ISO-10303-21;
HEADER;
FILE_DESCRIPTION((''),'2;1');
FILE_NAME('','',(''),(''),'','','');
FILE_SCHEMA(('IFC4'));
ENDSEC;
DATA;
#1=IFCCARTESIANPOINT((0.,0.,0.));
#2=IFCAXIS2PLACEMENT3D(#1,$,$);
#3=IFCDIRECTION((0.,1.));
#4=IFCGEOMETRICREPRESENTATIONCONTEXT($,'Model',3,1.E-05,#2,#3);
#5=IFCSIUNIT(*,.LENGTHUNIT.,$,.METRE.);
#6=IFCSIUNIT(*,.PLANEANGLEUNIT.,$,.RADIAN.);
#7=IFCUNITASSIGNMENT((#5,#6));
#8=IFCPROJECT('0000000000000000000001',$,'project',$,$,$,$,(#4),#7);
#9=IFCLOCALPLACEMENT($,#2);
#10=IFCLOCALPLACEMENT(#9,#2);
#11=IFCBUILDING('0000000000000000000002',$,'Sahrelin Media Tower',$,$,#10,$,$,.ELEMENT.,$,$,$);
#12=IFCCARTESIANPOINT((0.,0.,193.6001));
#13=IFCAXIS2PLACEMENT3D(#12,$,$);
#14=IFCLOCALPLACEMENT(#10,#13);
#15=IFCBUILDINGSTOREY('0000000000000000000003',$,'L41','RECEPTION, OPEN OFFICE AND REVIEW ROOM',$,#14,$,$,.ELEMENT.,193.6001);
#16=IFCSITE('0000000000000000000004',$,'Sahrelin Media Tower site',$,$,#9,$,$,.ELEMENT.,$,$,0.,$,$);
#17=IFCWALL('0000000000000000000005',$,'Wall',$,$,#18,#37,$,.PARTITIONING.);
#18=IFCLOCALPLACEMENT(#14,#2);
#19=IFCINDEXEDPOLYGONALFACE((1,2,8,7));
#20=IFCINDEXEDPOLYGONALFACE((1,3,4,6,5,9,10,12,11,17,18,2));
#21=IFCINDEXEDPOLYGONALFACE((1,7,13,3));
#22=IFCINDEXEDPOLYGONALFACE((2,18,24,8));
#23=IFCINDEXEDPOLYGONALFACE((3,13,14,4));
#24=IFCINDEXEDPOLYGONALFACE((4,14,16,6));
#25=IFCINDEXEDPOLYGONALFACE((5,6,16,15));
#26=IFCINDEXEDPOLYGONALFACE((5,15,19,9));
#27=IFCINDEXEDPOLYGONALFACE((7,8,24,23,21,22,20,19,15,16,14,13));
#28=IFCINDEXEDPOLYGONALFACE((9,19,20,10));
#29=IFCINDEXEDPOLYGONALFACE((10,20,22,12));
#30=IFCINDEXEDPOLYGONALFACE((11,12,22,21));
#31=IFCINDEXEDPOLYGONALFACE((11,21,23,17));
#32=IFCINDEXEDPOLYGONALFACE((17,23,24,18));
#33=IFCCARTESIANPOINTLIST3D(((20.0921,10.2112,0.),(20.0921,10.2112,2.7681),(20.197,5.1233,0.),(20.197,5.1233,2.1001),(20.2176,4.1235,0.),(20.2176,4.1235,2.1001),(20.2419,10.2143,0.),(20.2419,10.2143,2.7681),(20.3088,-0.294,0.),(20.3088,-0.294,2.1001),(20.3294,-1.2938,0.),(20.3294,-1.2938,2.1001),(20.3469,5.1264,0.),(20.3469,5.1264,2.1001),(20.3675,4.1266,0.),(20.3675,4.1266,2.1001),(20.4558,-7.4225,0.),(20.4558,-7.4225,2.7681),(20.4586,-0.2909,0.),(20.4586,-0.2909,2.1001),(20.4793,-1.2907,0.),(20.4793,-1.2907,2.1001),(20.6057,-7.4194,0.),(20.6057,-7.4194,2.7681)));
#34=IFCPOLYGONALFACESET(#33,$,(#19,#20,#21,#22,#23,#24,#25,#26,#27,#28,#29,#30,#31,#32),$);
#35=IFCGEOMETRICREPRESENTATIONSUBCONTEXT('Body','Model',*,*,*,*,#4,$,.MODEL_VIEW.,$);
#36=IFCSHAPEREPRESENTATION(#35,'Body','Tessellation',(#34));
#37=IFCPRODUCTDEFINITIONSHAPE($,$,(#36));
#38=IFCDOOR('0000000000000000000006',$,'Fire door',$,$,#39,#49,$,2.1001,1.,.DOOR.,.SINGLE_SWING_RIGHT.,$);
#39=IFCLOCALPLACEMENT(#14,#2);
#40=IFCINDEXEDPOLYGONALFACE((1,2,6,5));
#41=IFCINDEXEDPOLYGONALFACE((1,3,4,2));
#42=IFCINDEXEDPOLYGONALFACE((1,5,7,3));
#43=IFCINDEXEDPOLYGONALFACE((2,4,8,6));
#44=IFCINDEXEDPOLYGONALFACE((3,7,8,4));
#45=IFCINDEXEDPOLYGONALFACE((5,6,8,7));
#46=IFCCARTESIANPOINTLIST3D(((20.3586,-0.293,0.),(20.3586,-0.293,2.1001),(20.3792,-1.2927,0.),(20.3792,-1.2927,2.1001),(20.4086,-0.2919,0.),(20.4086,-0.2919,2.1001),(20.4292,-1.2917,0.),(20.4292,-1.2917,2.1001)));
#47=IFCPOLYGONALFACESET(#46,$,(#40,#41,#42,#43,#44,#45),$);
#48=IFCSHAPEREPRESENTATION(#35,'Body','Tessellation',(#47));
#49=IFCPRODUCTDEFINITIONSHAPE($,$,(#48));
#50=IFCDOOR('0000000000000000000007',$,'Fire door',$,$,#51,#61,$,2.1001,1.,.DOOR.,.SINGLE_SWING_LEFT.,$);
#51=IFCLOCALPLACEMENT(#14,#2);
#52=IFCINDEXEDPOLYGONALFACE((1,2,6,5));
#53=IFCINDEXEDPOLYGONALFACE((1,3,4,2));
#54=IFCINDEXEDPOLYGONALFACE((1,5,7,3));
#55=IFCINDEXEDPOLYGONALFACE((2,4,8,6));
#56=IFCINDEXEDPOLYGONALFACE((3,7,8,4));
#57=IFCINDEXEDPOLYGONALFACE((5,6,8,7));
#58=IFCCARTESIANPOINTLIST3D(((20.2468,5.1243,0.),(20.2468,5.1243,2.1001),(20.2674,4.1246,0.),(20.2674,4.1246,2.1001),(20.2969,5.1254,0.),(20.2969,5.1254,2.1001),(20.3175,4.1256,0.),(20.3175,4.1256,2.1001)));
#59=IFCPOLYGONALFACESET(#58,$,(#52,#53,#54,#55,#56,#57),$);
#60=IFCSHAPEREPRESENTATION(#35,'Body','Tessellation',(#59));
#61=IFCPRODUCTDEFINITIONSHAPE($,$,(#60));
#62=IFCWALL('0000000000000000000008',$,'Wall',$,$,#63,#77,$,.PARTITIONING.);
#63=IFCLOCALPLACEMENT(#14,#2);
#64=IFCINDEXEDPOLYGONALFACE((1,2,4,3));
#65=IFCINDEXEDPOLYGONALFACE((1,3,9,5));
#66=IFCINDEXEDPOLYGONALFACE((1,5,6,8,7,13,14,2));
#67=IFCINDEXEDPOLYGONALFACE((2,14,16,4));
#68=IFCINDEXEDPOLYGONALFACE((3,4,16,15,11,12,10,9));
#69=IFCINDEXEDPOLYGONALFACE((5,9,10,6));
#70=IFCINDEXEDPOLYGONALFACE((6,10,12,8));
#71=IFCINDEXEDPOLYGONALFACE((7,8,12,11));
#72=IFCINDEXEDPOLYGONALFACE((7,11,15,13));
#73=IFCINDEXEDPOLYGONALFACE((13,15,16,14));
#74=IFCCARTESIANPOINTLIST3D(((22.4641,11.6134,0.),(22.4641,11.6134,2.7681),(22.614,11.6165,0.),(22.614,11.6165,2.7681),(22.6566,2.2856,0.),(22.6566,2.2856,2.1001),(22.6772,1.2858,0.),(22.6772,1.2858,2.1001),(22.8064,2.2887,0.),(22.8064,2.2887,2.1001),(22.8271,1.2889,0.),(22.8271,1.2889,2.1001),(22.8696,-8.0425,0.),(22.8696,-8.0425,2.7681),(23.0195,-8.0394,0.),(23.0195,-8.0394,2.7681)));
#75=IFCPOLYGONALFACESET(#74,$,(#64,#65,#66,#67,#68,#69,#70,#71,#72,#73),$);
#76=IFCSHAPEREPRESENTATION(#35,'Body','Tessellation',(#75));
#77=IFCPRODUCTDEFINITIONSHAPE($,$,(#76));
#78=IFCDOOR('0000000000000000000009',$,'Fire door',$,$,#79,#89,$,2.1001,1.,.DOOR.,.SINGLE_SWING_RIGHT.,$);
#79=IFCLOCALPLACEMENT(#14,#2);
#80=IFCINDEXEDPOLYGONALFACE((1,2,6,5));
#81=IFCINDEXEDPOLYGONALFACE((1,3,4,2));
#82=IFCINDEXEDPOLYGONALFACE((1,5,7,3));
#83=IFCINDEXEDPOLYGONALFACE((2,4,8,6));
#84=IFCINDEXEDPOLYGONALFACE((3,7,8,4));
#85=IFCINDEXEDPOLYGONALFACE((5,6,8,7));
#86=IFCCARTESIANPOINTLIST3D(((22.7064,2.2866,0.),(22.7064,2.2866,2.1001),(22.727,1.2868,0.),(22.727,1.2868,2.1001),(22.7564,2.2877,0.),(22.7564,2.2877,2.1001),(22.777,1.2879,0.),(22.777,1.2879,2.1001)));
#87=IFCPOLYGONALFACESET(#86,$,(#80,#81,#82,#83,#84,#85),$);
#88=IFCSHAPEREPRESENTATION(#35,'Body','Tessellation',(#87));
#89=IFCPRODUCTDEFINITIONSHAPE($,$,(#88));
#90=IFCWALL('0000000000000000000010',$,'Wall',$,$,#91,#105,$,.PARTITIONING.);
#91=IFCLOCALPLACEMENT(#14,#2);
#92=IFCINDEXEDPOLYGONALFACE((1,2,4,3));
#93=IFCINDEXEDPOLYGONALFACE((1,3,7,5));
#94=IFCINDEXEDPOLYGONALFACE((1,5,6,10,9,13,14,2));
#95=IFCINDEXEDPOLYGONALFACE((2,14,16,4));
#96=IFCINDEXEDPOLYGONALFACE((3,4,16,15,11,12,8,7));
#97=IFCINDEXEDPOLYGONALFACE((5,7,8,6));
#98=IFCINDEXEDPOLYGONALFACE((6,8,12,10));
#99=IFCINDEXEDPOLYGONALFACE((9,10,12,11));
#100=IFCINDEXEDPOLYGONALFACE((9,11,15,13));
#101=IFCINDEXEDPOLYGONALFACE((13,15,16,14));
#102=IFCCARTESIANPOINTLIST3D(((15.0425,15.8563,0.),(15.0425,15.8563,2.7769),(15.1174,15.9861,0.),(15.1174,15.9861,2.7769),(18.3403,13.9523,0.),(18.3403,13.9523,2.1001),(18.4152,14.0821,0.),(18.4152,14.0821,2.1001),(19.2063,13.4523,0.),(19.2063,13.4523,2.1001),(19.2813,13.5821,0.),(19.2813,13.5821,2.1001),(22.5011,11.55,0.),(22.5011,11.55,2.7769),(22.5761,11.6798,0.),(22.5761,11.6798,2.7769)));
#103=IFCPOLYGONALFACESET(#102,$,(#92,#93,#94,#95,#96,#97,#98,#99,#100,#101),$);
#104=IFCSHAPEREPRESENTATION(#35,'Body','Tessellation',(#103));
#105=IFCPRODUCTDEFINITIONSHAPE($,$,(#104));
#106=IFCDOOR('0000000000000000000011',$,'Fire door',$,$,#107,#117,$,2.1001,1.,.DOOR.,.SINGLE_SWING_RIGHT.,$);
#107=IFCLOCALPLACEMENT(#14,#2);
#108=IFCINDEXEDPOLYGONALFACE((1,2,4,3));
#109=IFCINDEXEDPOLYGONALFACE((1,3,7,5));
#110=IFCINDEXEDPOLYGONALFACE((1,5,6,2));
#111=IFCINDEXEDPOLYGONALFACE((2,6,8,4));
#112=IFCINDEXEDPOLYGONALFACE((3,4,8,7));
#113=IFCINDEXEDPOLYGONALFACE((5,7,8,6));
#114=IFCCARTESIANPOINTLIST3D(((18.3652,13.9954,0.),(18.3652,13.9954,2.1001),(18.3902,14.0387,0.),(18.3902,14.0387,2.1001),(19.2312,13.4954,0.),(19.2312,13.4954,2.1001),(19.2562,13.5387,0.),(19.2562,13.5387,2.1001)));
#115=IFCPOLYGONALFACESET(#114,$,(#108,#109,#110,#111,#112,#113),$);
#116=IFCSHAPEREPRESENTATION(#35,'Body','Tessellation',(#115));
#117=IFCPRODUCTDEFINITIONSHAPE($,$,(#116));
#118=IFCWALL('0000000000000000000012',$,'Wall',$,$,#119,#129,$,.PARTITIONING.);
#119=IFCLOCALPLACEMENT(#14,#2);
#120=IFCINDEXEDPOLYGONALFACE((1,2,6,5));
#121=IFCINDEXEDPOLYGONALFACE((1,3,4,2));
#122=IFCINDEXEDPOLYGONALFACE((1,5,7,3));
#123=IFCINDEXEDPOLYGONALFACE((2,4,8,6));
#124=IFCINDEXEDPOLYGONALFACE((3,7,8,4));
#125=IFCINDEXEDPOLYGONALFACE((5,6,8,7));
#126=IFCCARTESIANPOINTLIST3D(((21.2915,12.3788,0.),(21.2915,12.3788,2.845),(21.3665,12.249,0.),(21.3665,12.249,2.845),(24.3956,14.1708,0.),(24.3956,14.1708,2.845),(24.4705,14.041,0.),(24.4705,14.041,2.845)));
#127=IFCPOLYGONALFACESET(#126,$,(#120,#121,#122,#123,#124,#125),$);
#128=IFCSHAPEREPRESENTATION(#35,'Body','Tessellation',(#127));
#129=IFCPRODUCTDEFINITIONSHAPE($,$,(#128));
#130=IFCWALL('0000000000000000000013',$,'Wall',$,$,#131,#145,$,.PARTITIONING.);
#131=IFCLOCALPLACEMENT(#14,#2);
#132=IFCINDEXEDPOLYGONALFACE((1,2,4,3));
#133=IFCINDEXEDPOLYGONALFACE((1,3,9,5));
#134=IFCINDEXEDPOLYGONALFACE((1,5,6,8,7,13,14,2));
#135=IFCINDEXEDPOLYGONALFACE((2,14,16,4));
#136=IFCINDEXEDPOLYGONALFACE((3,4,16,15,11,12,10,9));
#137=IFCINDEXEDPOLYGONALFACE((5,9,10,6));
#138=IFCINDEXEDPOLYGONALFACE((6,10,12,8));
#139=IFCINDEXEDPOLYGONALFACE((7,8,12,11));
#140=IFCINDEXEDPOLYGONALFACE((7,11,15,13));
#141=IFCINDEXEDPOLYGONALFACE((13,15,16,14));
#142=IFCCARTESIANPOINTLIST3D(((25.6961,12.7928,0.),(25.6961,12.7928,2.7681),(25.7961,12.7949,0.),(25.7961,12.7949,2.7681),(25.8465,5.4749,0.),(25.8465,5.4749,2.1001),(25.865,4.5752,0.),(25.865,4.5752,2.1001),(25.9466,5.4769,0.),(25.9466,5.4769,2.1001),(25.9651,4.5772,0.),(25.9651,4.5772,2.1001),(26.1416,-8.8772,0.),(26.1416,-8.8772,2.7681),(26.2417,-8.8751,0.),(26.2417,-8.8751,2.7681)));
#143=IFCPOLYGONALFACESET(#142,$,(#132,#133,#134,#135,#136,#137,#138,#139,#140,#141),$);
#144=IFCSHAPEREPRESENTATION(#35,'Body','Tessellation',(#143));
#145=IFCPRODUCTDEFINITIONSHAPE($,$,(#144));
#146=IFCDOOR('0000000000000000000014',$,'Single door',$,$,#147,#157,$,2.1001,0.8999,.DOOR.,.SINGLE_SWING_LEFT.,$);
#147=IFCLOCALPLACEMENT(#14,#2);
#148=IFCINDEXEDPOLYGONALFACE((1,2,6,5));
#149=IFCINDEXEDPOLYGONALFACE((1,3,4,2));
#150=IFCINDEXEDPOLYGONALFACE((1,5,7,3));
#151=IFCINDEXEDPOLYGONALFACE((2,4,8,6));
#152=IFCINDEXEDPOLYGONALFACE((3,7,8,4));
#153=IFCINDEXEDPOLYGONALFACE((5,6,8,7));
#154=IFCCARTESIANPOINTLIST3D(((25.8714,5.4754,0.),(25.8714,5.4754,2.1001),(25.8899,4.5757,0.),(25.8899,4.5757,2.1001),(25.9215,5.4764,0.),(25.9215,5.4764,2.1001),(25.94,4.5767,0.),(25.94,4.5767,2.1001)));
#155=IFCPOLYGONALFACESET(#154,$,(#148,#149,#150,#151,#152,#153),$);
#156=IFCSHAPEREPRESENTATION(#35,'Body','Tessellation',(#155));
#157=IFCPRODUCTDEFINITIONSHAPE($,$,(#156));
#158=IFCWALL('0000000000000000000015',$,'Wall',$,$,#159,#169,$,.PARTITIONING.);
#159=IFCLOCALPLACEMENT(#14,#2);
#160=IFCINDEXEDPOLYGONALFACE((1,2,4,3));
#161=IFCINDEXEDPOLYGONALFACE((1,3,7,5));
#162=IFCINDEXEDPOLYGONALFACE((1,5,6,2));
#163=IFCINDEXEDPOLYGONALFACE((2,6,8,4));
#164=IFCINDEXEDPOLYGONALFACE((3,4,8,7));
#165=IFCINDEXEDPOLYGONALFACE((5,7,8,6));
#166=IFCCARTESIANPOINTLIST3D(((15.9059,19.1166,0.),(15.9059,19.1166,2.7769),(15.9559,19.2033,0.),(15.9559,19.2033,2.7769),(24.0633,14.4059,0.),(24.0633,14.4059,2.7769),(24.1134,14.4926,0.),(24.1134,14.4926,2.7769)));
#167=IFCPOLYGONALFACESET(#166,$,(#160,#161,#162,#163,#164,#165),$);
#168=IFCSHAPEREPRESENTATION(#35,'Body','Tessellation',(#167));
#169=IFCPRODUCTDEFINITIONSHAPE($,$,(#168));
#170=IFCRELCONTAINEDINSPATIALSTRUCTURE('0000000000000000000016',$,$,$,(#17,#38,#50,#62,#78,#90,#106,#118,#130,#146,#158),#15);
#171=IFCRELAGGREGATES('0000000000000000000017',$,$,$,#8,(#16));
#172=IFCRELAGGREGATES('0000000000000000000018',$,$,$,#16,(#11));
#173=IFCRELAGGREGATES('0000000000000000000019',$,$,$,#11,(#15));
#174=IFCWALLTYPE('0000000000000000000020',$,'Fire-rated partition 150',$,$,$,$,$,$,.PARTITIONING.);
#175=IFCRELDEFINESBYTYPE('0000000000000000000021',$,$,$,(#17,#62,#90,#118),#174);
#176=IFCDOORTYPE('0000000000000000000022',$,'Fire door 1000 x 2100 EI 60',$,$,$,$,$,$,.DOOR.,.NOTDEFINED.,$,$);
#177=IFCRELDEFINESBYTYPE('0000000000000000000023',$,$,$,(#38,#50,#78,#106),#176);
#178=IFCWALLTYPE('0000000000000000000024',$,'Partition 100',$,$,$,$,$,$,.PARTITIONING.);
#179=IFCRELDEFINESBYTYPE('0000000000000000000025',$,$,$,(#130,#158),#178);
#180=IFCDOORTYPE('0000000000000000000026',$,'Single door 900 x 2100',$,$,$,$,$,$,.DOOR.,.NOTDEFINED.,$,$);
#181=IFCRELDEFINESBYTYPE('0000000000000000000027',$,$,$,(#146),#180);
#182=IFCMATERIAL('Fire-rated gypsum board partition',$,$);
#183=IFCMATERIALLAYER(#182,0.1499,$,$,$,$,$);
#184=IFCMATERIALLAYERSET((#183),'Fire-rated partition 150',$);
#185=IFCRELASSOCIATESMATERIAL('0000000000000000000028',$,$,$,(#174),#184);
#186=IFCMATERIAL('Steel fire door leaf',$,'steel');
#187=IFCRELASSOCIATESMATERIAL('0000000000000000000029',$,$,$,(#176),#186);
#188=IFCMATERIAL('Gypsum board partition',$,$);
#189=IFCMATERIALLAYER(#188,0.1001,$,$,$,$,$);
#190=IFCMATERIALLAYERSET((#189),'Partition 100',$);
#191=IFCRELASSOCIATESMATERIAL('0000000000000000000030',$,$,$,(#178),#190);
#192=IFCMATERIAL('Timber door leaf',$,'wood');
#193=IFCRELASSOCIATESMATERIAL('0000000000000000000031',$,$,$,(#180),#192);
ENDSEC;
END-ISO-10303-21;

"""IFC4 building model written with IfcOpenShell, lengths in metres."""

from ifc_helpers import new_model, si_unit, direction, frame, frame_2d, origin, place, context, subcontext, project, spatial, rectangle, extrude, material, layer, layer_set, type_object, element, fill, save


model = new_model("IFC4")

# Units and contexts
model_context = context("Model", 3, precision=1e-05, world=origin(), true_north=direction((0.0, 1.0)))
body_context = subcontext(model_context, "Body", "Model", "MODEL_VIEW")
ifc_project = project(units=[si_unit("LENGTHUNIT", "METRE"), si_unit("PLANEANGLEUNIT", "RADIAN")], contexts=[model_context])

# Site, building, storey
site_placement = place(None, origin())
site = spatial("IfcSite", under=ifc_project, at=site_placement, Name="Sahrelin Media Tower site", CompositionType="ELEMENT", RefElevation=0.0)
building_placement = place(site_placement, origin())
building = spatial("IfcBuilding", under=site, at=building_placement, Name="Sahrelin Media Tower", CompositionType="ELEMENT")
storey_placement = place(building_placement, frame((0.0, 0.0, 193.6001)))
storey = spatial("IfcBuildingStorey", under=building, at=storey_placement, Name="L41", Description="RECEPTION, OPEN OFFICE AND REVIEW ROOM", CompositionType="ELEMENT", Elevation=193.6001)

# Wall, openings, doors
ifc_material_1 = material(Name="Fire-rated gypsum board partition")
ifc_layer_1 = layer(ifc_material_1, 0.1499)
ifc_layer_set_1 = layer_set([ifc_layer_1], Name="Fire-rated partition 150")
wall_type_1 = type_object("IfcWallType", Name="Fire-rated partition 150", PredefinedType="PARTITIONING", material=ifc_layer_set_1)
wall_1_placement = place(storey_placement, frame((20.167, 10.2129, 0.0), z_axis=(0.0, 0.0, 1.0), x_axis=(0.020625, -0.999787, 0.0)))
wall_1 = element("IfcWall", 1, at=wall_1_placement, inside=storey, type_object=wall_type_1, Name="Wall", PredefinedType="PARTITIONING", context=body_context, shape_type="SweptSolid", body=[
    extrude(rectangle(XDim=17.6375, YDim=0.1499, at=frame_2d((8.8188, 0.0))), origin(), (0.0, 0.0, 1.0), 2.7681),
])
opening_1_placement = place(wall_1_placement, frame((10.5076, 0.0, 0.0)))
opening_1 = element("IfcOpeningElement", 2, at=opening_1_placement, cuts=wall_1, PredefinedType="OPENING", context=body_context, shape_type="SweptSolid", body=[
    extrude(rectangle(XDim=1.0, YDim=2.1001, at=frame_2d((0.5, 1.05))), frame((0.0, 0.075, 0.0), z_axis=(0.0, -1.0, 0.0), x_axis=(1.0, 0.0, 0.0)), (0.0, 0.0, 1.0), 0.1499),
])
opening_2_placement = place(wall_1_placement, frame((5.0891, 0.0, 0.0)))
opening_2 = element("IfcOpeningElement", 3, at=opening_2_placement, cuts=wall_1, PredefinedType="OPENING", context=body_context, shape_type="SweptSolid", body=[
    extrude(rectangle(XDim=1.0, YDim=2.1001, at=frame_2d((0.5, 1.05))), frame((0.0, 0.075, 0.0), z_axis=(0.0, -1.0, 0.0), x_axis=(1.0, 0.0, 0.0)), (0.0, 0.0, 1.0), 0.1499),
])
ifc_material_2 = material(Name="Steel fire door leaf", Category="steel")
door_type_1 = type_object("IfcDoorType", Name="Fire door 1000 x 2100 EI 60", OperationType="NOTDEFINED", PredefinedType="DOOR", material=ifc_material_2)
door_1_placement = place(opening_1_placement, origin())
door_1 = element("IfcDoor", 4, at=door_1_placement, inside=storey, type_object=door_type_1, Name="Fire door", OperationType="SINGLE_SWING_RIGHT", OverallHeight=2.1001, OverallWidth=1.0, PredefinedType="DOOR", context=body_context, shape_type="SweptSolid", body=[
    extrude(rectangle(XDim=1.0, YDim=2.1001, at=frame_2d((0.5, 1.05))), frame((0.0, 0.0249, 0.0), z_axis=(0.0, -1.0, 0.0), x_axis=(1.0, 0.0, 0.0)), (0.0, 0.0, 1.0), 0.05),
])
fill(opening_1, door_1)
door_2_placement = place(opening_2_placement, origin())
door_2 = element("IfcDoor", 5, at=door_2_placement, inside=storey, type_object=door_type_1, Name="Fire door", OperationType="SINGLE_SWING_LEFT", OverallHeight=2.1001, OverallWidth=1.0, PredefinedType="DOOR", context=body_context, shape_type="SweptSolid", body=[
    extrude(rectangle(XDim=1.0, YDim=2.1001, at=frame_2d((0.5, 1.05))), frame((0.0, 0.0249, 0.0), z_axis=(0.0, -1.0, 0.0), x_axis=(1.0, 0.0, 0.0)), (0.0, 0.0, 1.0), 0.05),
])
fill(opening_2, door_2)

# Walls, openings, doors
wall_2_placement = place(storey_placement, frame((22.5391, 11.615, 0.0), z_axis=(0.0, 0.0, 1.0), x_axis=(0.020626, -0.999787, 0.0)))
wall_2 = element("IfcWall", 6, at=wall_2_placement, inside=storey, type_object=wall_type_1, Name="Wall", PredefinedType="PARTITIONING", context=body_context, shape_type="SweptSolid", body=[
    extrude(rectangle(XDim=19.6602, YDim=0.1499, at=frame_2d((9.8301, 0.0))), origin(), (0.0, 0.0, 1.0), 2.7681),
])
opening_3_placement = place(wall_2_placement, frame((9.3298, 0.0, 0.0)))
opening_3 = element("IfcOpeningElement", 7, at=opening_3_placement, cuts=wall_2, PredefinedType="OPENING", context=body_context, shape_type="SweptSolid", body=[
    extrude(rectangle(XDim=1.0, YDim=2.1001, at=frame_2d((0.5, 1.05))), frame((0.0, 0.075, 0.0), z_axis=(0.0, -1.0, 0.0), x_axis=(1.0, 0.0, 0.0)), (0.0, 0.0, 1.0), 0.1499),
])
door_3_placement = place(opening_3_placement, origin())
door_3 = element("IfcDoor", 8, at=door_3_placement, inside=storey, type_object=door_type_1, Name="Fire door", OperationType="SINGLE_SWING_RIGHT", OverallHeight=2.1001, OverallWidth=1.0, PredefinedType="DOOR", context=body_context, shape_type="SweptSolid", body=[
    extrude(rectangle(XDim=1.0, YDim=2.1001, at=frame_2d((0.5, 1.05))), frame((0.0, 0.0249, 0.0), z_axis=(0.0, -1.0, 0.0), x_axis=(1.0, 0.0, 0.0)), (0.0, 0.0, 1.0), 0.05),
])
fill(opening_3, door_3)
wall_3_placement = place(storey_placement, frame((15.0801, 15.9211, 0.0), z_axis=(0.0, 0.0, 1.0), x_axis=(0.866021, -0.500008, 0.0)))
wall_3 = element("IfcWall", 9, at=wall_3_placement, inside=storey, type_object=wall_type_1, Name="Wall", PredefinedType="PARTITIONING", context=body_context, shape_type="SweptSolid", body=[
    extrude(rectangle(XDim=8.6125, YDim=0.1499, at=frame_2d((4.3062, 0.0))), origin(), (0.0, 0.0, 1.0), 2.7769),
])
opening_4_placement = place(wall_3_placement, frame((3.8079, 0.0, 0.0)))
opening_4 = element("IfcOpeningElement", 10, at=opening_4_placement, cuts=wall_3, PredefinedType="OPENING", context=body_context, shape_type="SweptSolid", body=[
    extrude(rectangle(XDim=1.0, YDim=2.1001, at=frame_2d((0.5, 1.05))), frame((0.0, 0.075, 0.0), z_axis=(0.0, -1.0, 0.0), x_axis=(1.0, 0.0, 0.0)), (0.0, 0.0, 1.0), 0.1499),
])
door_4_placement = place(opening_4_placement, origin())
door_4 = element("IfcDoor", 11, at=door_4_placement, inside=storey, type_object=door_type_1, Name="Fire door", OperationType="SINGLE_SWING_RIGHT", OverallHeight=2.1001, OverallWidth=1.0, PredefinedType="DOOR", context=body_context, shape_type="SweptSolid", body=[
    extrude(rectangle(XDim=1.0, YDim=2.1001, at=frame_2d((0.5, 1.05))), frame((0.0, 0.0249, 0.0), z_axis=(0.0, -1.0, 0.0), x_axis=(1.0, 0.0, 0.0)), (0.0, 0.0, 1.0), 0.05),
])
fill(opening_4, door_4)

# Wall
wall_4_placement = place(storey_placement, frame((21.3291, 12.314, 0.0), z_axis=(0.0, 0.0, 1.0), x_axis=(0.866038, 0.499978, 0.0)))
element("IfcWall", 12, at=wall_4_placement, inside=storey, type_object=wall_type_1, Name="Wall", PredefinedType="PARTITIONING", context=body_context, shape_type="SweptSolid", body=[
    extrude(rectangle(XDim=3.5842, YDim=0.1499, at=frame_2d((1.792, 0.0))), origin(), (0.0, 0.0, 1.0), 2.845),
])

# Wall, opening, door
ifc_material_3 = material(Name="Gypsum board partition")
ifc_layer_2 = layer(ifc_material_3, 0.1001)
ifc_layer_set_2 = layer_set([ifc_layer_2], Name="Partition 100")
wall_type_2 = type_object("IfcWallType", Name="Partition 100", PredefinedType="PARTITIONING", material=ifc_layer_set_2)
wall_5_placement = place(storey_placement, frame((25.7461, 12.7939, 0.0), z_axis=(0.0, 0.0, 1.0), x_axis=(0.020557, -0.999789, 0.0)))
wall_5 = element("IfcWall", 13, at=wall_5_placement, inside=storey, type_object=wall_type_2, Name="Wall", PredefinedType="PARTITIONING", context=body_context, shape_type="SweptSolid", body=[
    extrude(rectangle(XDim=21.6746, YDim=0.1001, at=frame_2d((10.8374, 0.0))), origin(), (0.0, 0.0, 1.0), 2.7681),
])
opening_5_placement = place(wall_5_placement, frame((7.3196, 0.0, 0.0)))
opening_5 = element("IfcOpeningElement", 14, at=opening_5_placement, cuts=wall_5, PredefinedType="OPENING", context=body_context, shape_type="SweptSolid", body=[
    extrude(rectangle(XDim=0.8999, YDim=2.1001, at=frame_2d((0.45, 1.05))), frame((0.0, 0.05, 0.0), z_axis=(0.0, -1.0, 0.0), x_axis=(1.0, 0.0, 0.0)), (0.0, 0.0, 1.0), 0.1001),
])
ifc_material_4 = material(Name="Timber door leaf", Category="wood")
door_type_2 = type_object("IfcDoorType", Name="Single door 900 x 2100", OperationType="NOTDEFINED", PredefinedType="DOOR", material=ifc_material_4)
door_5_placement = place(opening_5_placement, origin())
door_5 = element("IfcDoor", 15, at=door_5_placement, inside=storey, type_object=door_type_2, Name="Single door", OperationType="SINGLE_SWING_LEFT", OverallHeight=2.1001, OverallWidth=0.8999, PredefinedType="DOOR", context=body_context, shape_type="SweptSolid", body=[
    extrude(rectangle(XDim=0.8999, YDim=2.1001, at=frame_2d((0.45, 1.05))), frame((0.0, 0.0249, 0.0), z_axis=(0.0, -1.0, 0.0), x_axis=(1.0, 0.0, 0.0)), (0.0, 0.0, 1.0), 0.05),
])
fill(opening_5, door_5)

# Wall
wall_6_placement = place(storey_placement, frame((15.9309, 19.1599, 0.0), z_axis=(0.0, 0.0, 1.0), x_axis=(0.865981, -0.500078, 0.0)))
element("IfcWall", 16, at=wall_6_placement, inside=storey, type_object=wall_type_2, Name="Wall", PredefinedType="PARTITIONING", context=body_context, shape_type="SweptSolid", body=[
    extrude(rectangle(XDim=9.4199, YDim=0.1001, at=frame_2d((4.71, 0.0))), origin(), (0.0, 0.0, 1.0), 2.7769),
])

save(model, "model.ifc")
